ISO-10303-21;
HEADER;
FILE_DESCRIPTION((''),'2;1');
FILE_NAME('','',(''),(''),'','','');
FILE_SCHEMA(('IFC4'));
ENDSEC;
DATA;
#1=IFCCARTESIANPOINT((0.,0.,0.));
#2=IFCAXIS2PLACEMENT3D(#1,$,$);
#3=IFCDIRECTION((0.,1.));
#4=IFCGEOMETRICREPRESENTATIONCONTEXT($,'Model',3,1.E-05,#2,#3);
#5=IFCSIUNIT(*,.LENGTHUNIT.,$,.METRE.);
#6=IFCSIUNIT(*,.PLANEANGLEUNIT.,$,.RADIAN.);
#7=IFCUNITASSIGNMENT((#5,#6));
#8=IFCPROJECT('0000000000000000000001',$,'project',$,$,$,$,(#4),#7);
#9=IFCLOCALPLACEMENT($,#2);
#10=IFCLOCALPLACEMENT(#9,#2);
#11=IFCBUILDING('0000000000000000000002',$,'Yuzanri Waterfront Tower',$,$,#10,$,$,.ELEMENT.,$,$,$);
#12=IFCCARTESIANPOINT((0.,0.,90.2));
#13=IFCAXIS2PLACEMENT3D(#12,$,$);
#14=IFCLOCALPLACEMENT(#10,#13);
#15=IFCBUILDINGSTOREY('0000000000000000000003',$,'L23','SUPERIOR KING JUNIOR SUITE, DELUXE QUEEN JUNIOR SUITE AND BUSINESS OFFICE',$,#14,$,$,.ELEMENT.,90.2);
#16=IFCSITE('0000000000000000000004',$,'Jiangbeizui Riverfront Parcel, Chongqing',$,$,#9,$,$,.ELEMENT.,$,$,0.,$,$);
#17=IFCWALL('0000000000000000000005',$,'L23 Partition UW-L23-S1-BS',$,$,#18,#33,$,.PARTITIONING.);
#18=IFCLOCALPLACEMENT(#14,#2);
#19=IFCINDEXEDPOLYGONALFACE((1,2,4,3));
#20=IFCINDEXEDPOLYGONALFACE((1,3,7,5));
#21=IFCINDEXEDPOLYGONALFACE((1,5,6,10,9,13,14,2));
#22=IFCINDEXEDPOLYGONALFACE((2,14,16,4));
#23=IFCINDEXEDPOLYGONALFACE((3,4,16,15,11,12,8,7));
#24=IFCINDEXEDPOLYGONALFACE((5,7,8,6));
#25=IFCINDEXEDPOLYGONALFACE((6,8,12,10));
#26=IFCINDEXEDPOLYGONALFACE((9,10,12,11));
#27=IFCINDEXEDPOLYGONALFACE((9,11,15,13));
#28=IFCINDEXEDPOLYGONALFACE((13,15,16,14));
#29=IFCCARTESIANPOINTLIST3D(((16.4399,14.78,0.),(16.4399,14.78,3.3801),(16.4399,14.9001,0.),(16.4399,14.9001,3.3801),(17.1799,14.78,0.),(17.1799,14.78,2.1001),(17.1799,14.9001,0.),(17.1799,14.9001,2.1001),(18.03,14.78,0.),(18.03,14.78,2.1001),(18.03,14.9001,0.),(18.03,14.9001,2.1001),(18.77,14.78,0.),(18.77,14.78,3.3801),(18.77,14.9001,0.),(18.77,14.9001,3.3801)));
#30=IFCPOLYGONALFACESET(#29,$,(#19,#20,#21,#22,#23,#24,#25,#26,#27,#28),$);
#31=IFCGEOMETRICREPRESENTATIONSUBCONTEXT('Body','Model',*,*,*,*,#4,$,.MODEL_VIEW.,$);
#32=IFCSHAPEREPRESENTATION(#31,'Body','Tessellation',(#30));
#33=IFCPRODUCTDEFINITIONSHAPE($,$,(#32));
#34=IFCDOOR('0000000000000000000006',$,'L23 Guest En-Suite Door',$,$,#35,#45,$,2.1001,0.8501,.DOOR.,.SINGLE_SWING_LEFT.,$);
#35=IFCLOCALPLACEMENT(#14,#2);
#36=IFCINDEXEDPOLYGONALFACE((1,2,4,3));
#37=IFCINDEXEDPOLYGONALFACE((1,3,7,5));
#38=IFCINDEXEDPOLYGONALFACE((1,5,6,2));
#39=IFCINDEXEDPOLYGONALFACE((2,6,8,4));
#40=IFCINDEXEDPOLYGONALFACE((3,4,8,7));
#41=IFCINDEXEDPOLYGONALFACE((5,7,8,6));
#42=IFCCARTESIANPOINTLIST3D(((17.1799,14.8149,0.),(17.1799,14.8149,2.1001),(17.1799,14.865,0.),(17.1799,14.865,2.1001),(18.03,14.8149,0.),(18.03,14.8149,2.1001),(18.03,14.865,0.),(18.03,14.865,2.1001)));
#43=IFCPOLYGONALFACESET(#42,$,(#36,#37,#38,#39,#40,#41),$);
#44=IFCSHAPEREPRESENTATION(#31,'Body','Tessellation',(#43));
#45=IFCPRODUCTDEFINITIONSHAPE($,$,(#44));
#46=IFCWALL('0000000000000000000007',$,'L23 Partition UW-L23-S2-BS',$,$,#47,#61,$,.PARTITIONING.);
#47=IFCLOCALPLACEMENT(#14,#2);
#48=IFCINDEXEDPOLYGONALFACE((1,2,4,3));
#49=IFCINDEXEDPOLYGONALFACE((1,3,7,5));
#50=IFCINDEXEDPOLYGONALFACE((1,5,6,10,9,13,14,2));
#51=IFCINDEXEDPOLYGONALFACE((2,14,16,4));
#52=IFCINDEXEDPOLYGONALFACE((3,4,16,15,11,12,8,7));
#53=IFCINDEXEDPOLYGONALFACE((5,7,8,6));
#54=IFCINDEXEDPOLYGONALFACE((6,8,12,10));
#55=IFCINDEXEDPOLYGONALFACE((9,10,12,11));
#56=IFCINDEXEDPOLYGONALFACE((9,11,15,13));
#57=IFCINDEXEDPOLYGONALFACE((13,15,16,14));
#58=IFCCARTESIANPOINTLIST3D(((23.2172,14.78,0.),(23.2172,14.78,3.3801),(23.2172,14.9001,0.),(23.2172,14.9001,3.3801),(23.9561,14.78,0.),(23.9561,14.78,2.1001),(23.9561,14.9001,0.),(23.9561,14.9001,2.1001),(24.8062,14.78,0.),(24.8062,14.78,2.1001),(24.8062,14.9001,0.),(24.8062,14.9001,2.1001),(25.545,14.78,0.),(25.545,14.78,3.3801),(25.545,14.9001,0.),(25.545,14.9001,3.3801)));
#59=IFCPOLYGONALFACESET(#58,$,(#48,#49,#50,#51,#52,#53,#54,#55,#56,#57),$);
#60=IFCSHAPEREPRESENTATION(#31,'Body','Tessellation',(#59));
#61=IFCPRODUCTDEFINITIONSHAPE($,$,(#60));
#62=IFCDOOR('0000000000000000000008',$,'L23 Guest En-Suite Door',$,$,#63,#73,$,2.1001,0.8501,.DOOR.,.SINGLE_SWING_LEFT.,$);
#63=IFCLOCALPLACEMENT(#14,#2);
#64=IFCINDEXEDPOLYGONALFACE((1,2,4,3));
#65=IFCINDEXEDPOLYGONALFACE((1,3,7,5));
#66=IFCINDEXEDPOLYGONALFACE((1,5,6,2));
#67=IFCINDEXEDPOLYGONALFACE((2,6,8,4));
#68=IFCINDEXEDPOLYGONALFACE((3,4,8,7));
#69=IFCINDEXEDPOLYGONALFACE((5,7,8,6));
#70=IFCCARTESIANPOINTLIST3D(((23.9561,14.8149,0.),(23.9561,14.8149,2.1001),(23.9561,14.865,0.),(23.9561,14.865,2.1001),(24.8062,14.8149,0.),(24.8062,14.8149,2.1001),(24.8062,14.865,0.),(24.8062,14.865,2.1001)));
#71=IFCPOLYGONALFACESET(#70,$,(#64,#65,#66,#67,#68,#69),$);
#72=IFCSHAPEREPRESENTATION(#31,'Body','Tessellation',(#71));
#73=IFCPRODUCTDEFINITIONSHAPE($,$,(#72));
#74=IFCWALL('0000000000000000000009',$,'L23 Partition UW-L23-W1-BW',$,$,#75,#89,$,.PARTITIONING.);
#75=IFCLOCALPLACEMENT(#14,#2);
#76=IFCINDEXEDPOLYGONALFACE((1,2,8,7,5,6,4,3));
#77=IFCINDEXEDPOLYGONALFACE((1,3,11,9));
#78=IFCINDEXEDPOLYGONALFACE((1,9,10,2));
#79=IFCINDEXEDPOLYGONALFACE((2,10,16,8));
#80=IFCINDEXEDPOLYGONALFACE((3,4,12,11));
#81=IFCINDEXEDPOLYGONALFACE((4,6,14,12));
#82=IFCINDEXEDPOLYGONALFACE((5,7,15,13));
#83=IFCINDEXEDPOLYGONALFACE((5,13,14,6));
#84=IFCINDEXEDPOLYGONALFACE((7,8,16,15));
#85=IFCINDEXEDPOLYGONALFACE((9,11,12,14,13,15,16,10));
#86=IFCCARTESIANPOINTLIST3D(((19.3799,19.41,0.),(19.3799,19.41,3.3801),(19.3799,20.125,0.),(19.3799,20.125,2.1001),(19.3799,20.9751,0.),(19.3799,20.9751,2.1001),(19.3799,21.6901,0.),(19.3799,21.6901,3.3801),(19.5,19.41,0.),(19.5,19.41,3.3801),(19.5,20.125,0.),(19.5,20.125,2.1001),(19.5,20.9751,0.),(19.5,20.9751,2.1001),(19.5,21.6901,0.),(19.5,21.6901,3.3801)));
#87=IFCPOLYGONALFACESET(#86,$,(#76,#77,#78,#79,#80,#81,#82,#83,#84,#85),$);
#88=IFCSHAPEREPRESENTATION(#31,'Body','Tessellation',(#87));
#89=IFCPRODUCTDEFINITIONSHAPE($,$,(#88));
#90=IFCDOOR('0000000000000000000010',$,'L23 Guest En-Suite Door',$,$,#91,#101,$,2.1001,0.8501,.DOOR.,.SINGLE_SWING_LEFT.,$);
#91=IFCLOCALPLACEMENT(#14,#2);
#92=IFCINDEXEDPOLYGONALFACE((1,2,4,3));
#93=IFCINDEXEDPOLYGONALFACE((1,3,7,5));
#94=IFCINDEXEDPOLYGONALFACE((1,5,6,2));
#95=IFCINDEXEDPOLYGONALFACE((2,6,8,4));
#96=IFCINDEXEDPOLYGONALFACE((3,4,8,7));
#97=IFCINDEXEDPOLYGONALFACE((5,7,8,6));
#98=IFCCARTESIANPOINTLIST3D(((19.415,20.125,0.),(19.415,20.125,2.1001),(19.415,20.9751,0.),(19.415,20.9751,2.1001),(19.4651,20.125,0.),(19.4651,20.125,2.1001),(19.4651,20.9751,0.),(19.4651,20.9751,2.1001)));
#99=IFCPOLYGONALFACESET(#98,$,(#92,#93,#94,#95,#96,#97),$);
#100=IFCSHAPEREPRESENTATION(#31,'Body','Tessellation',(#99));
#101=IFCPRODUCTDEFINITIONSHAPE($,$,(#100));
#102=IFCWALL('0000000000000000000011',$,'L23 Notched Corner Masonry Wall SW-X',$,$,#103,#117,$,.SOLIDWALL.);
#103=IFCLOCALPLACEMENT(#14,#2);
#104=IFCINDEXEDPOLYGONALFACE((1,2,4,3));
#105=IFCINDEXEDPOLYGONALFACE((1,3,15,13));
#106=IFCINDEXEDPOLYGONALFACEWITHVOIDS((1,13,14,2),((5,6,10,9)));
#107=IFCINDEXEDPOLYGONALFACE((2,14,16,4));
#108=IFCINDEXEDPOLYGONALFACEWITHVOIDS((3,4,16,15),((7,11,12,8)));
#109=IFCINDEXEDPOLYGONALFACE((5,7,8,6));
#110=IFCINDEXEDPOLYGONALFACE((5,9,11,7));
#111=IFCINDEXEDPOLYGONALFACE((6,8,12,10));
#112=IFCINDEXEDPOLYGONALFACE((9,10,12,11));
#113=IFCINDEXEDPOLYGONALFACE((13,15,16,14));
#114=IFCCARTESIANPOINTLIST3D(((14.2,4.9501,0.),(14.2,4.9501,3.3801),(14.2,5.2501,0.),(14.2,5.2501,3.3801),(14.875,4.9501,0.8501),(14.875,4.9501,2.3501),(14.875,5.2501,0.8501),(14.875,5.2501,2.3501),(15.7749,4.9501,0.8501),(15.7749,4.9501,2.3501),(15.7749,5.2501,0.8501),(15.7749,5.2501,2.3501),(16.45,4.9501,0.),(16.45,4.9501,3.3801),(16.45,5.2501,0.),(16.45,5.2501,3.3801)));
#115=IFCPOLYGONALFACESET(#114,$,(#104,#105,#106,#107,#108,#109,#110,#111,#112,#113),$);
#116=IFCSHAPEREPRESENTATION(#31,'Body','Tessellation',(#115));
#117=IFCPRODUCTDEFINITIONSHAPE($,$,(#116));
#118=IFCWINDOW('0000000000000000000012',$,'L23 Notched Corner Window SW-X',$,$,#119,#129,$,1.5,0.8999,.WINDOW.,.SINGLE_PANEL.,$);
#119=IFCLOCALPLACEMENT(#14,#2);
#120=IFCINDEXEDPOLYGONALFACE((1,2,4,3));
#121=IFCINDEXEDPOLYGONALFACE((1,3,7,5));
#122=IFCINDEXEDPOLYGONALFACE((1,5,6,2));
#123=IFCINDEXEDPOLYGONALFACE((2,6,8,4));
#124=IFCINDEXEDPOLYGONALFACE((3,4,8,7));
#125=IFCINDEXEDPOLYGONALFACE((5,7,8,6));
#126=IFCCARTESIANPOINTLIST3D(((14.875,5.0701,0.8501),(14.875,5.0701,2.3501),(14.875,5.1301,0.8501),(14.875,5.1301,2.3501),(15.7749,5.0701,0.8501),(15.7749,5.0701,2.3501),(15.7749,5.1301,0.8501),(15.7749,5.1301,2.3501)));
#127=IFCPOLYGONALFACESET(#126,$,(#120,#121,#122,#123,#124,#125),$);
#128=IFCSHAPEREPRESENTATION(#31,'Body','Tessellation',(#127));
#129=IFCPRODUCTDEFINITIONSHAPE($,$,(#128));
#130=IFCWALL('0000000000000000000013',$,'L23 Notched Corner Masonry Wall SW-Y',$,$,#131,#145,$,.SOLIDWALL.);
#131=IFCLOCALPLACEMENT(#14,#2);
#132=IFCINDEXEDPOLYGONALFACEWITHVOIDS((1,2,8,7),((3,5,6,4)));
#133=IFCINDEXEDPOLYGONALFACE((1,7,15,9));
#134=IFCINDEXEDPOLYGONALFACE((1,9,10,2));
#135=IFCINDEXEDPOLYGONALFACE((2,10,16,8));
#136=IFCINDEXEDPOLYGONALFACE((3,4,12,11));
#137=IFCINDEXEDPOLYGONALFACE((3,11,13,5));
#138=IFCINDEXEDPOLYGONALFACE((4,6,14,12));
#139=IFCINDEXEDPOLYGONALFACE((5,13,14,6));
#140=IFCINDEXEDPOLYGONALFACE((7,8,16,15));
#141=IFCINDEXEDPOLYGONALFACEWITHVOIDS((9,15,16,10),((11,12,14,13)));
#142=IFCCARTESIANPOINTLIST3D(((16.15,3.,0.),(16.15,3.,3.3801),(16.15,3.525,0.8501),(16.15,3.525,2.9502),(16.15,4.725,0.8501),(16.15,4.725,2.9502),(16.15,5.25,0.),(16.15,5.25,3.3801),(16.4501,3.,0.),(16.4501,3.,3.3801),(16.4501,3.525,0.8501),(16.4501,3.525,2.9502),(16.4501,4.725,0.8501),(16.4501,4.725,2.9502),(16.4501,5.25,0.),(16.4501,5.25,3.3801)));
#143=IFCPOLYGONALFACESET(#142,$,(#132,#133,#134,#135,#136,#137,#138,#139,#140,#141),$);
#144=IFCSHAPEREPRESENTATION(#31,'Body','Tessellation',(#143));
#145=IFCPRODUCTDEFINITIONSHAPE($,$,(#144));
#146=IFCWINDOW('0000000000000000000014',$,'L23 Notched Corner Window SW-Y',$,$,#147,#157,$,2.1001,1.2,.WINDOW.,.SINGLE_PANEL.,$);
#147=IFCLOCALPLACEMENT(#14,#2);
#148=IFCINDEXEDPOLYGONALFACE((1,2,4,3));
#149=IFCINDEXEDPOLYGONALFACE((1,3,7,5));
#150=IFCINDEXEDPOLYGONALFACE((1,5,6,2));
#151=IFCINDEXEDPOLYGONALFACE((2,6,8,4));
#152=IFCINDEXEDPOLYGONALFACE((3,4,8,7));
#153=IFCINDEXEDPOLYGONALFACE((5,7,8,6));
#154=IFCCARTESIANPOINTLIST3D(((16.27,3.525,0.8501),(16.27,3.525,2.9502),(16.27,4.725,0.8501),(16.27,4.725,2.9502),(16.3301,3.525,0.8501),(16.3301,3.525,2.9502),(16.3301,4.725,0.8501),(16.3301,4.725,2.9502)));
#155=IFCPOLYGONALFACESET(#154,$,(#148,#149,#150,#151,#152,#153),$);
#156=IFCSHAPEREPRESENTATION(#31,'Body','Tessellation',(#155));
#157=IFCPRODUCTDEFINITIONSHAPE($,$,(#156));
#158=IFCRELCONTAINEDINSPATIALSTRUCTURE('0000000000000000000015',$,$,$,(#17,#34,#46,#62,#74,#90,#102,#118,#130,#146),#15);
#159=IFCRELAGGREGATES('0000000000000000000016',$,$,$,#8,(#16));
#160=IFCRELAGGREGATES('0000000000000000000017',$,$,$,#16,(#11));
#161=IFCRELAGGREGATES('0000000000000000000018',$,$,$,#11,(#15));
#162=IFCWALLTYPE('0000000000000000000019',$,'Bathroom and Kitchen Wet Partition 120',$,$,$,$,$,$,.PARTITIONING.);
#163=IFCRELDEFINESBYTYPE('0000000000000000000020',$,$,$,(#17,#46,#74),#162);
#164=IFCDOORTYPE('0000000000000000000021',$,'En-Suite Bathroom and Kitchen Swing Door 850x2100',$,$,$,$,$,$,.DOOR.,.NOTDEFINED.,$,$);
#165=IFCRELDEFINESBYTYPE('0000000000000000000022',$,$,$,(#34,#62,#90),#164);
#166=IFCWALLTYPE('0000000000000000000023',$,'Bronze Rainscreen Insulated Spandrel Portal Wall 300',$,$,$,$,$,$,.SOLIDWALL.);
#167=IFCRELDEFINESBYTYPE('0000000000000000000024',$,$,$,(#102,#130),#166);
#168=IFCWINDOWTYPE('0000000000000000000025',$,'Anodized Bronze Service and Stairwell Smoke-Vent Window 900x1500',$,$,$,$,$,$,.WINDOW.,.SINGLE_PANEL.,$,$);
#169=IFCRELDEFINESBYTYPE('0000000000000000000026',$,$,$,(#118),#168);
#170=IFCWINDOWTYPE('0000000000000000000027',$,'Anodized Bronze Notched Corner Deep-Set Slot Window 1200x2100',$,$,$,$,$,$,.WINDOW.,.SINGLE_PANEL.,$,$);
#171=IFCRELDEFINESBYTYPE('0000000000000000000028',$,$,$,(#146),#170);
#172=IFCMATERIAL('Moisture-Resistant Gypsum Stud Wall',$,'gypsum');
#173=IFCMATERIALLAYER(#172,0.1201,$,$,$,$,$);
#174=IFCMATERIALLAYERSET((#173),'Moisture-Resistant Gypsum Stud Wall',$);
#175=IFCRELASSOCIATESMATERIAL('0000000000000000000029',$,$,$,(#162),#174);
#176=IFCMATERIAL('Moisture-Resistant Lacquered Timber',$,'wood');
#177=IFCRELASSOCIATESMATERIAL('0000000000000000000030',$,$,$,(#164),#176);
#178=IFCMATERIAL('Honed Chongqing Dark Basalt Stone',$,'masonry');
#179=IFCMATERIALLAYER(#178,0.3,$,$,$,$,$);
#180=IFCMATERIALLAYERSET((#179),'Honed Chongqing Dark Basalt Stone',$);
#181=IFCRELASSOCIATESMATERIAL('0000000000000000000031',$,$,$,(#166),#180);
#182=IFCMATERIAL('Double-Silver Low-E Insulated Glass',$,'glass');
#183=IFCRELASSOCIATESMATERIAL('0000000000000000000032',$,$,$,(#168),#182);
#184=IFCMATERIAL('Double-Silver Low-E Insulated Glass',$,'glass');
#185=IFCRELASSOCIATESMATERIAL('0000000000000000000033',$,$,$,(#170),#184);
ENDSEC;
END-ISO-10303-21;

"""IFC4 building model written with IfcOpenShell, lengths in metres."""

from ifc_helpers import new_model, si_unit, direction, frame, frame_2d, origin, place, context, subcontext, project, spatial, rectangle, extrude, source, transform, mapped, material, layer, layer_set, type_object, element, fill, save


model = new_model("IFC4")

# Units and contexts
model_context = context("Model", 3, precision=1e-05, world=origin(), true_north=direction((0.0, 1.0)))
body_context = subcontext(model_context, "Body", "Model", "MODEL_VIEW")
ifc_project = project(units=[si_unit("LENGTHUNIT", "METRE"), si_unit("PLANEANGLEUNIT", "RADIAN")], contexts=[model_context])

# Site, building, storey
site_placement = place(None, origin())
site = spatial("IfcSite", under=ifc_project, at=site_placement, Name="Jiangbeizui Riverfront Parcel, Chongqing", CompositionType="ELEMENT", RefElevation=0.0)
building_placement = place(site_placement, origin())
building = spatial("IfcBuilding", under=site, at=building_placement, Name="Yuzanri Waterfront Tower", CompositionType="ELEMENT")
storey_placement = place(building_placement, frame((0.0, 0.0, 90.2)))
storey = spatial("IfcBuildingStorey", under=building, at=storey_placement, Name="L23", Description="SUPERIOR KING JUNIOR SUITE, DELUXE QUEEN JUNIOR SUITE AND BUSINESS OFFICE", CompositionType="ELEMENT", Elevation=90.2)

# Walls, openings, doors
ifc_material_1 = material(Name="Moisture-Resistant Gypsum Stud Wall", Category="gypsum")
ifc_layer_1 = layer(ifc_material_1, 0.1201)
ifc_layer_set_1 = layer_set([ifc_layer_1], Name="Moisture-Resistant Gypsum Stud Wall")
wall_type_1 = type_object("IfcWallType", Name="Bathroom and Kitchen Wet Partition 120", PredefinedType="PARTITIONING", material=ifc_layer_set_1)
wall_1_placement = place(storey_placement, frame((16.4399, 14.8401, 0.0), z_axis=(0.0, 0.0, 1.0), x_axis=(1.0, 0.0, 0.0)))
wall_1 = element("IfcWall", 1, at=wall_1_placement, inside=storey, type_object=wall_type_1, Name="L23 Partition UW-L23-S1-BS", PredefinedType="PARTITIONING", context=body_context, shape_type="SweptSolid", body=[
    extrude(rectangle(XDim=2.3301, YDim=0.1201, at=frame_2d((1.165, 0.0))), origin(), (0.0, 0.0, 1.0), 3.3801),
])
opening_1_placement = place(wall_1_placement, frame((0.74, 0.0, 0.0)))
opening_1 = element("IfcOpeningElement", 2, at=opening_1_placement, cuts=wall_1, PredefinedType="OPENING", context=body_context, shape_type="SweptSolid", body=[
    extrude(rectangle(XDim=0.8501, YDim=2.1001, at=frame_2d((0.425, 1.05))), frame((0.0, 0.075, 0.0), z_axis=(0.0, -1.0, 0.0), x_axis=(1.0, 0.0, 0.0)), (0.0, 0.0, 1.0), 0.1499),
])
ifc_material_2 = material(Name="Moisture-Resistant Lacquered Timber", Category="wood")
door_type_1 = type_object("IfcDoorType", Name="En-Suite Bathroom and Kitchen Swing Door 850x2100", OperationType="NOTDEFINED", PredefinedType="DOOR", material=ifc_material_2)
shared_shape_1 = source(origin(), body_context, "Body", "SweptSolid", [
    extrude(rectangle(XDim=0.8501, YDim=2.1001, at=frame_2d((0.425, 1.05))), frame((0.0, 0.0249, 0.0), z_axis=(0.0, -1.0, 0.0), x_axis=(1.0, 0.0, 0.0)), (0.0, 0.0, 1.0), 0.05),
])
door_1_placement = place(opening_1_placement, origin())
door_1 = element("IfcDoor", 3, at=door_1_placement, inside=storey, type_object=door_type_1, Name="L23 Guest En-Suite Door", OperationType="SINGLE_SWING_LEFT", OverallHeight=2.1001, OverallWidth=0.8501, PredefinedType="DOOR", context=body_context, shape_type="MappedRepresentation", body=[
    mapped(shared_shape_1, transform((0.0, 0.0, 0.0), scale=1.0)),
])
fill(opening_1, door_1)
wall_2_placement = place(storey_placement, frame((23.217, 14.8401, 0.0), z_axis=(0.0, 0.0, 1.0), x_axis=(1.0, 0.0, 0.0)))
wall_2 = element("IfcWall", 4, at=wall_2_placement, inside=storey, type_object=wall_type_1, Name="L23 Partition UW-L23-S2-BS", PredefinedType="PARTITIONING", context=body_context, shape_type="SweptSolid", body=[
    extrude(rectangle(XDim=2.3279, YDim=0.1201, at=frame_2d((1.1641, 0.0))), origin(), (0.0, 0.0, 1.0), 3.3801),
])
opening_2_placement = place(wall_2_placement, frame((0.739, 0.0, 0.0)))
opening_2 = element("IfcOpeningElement", 5, at=opening_2_placement, cuts=wall_2, PredefinedType="OPENING", context=body_context, shape_type="SweptSolid", body=[
    extrude(rectangle(XDim=0.8501, YDim=2.1001, at=frame_2d((0.425, 1.05))), frame((0.0, 0.075, 0.0), z_axis=(0.0, -1.0, 0.0), x_axis=(1.0, 0.0, 0.0)), (0.0, 0.0, 1.0), 0.1499),
])
door_2_placement = place(opening_2_placement, origin())
door_2 = element("IfcDoor", 6, at=door_2_placement, inside=storey, type_object=door_type_1, Name="L23 Guest En-Suite Door", OperationType="SINGLE_SWING_LEFT", OverallHeight=2.1001, OverallWidth=0.8501, PredefinedType="DOOR", context=body_context, shape_type="MappedRepresentation", body=[
    mapped(shared_shape_1, transform((0.0, 0.0, 0.0), scale=1.0)),
])
fill(opening_2, door_2)
wall_3_placement = place(storey_placement, frame((19.4399, 19.4099, 0.0), z_axis=(0.0, 0.0, 1.0), x_axis=(0.0, 1.0, 0.0)))
wall_3 = element("IfcWall", 7, at=wall_3_placement, inside=storey, type_object=wall_type_1, Name="L23 Partition UW-L23-W1-BW", PredefinedType="PARTITIONING", context=body_context, shape_type="SweptSolid", body=[
    extrude(rectangle(XDim=2.28, YDim=0.1201, at=frame_2d((1.1401, 0.0))), origin(), (0.0, 0.0, 1.0), 3.3801),
])
opening_3_placement = place(wall_3_placement, frame((0.7151, 0.0, 0.0)))
opening_3 = element("IfcOpeningElement", 8, at=opening_3_placement, cuts=wall_3, PredefinedType="OPENING", context=body_context, shape_type="SweptSolid", body=[
    extrude(rectangle(XDim=0.8501, YDim=2.1001, at=frame_2d((0.425, 1.05))), frame((0.0, 0.075, 0.0), z_axis=(0.0, -1.0, 0.0), x_axis=(1.0, 0.0, 0.0)), (0.0, 0.0, 1.0), 0.1499),
])
door_3_placement = place(opening_3_placement, origin())
door_3 = element("IfcDoor", 9, at=door_3_placement, inside=storey, type_object=door_type_1, Name="L23 Guest En-Suite Door", OperationType="SINGLE_SWING_LEFT", OverallHeight=2.1001, OverallWidth=0.8501, PredefinedType="DOOR", context=body_context, shape_type="MappedRepresentation", body=[
    mapped(shared_shape_1, transform((0.0, 0.0, 0.0), scale=1.0)),
])
fill(opening_3, door_3)

# Walls, openings, windows
ifc_material_3 = material(Name="Honed Chongqing Dark Basalt Stone", Category="masonry")
ifc_layer_2 = layer(ifc_material_3, 0.3)
ifc_layer_set_2 = layer_set([ifc_layer_2], Name="Honed Chongqing Dark Basalt Stone")
wall_type_2 = type_object("IfcWallType", Name="Bronze Rainscreen Insulated Spandrel Portal Wall 300", PredefinedType="SOLIDWALL", material=ifc_layer_set_2)
wall_4_placement = place(storey_placement, frame((14.2, 5.1001, 0.0), z_axis=(0.0, 0.0, 1.0), x_axis=(1.0, 0.0, 0.0)))
wall_4 = element("IfcWall", 10, at=wall_4_placement, inside=storey, type_object=wall_type_2, Name="L23 Notched Corner Masonry Wall SW-X", PredefinedType="SOLIDWALL", context=body_context, shape_type="SweptSolid", body=[
    extrude(rectangle(XDim=2.25, YDim=0.3, at=frame_2d((1.125, 0.0))), origin(), (0.0, 0.0, 1.0), 3.3801),
])
opening_4_placement = place(wall_4_placement, frame((0.675, 0.0, 0.8501)))
opening_4 = element("IfcOpeningElement", 11, at=opening_4_placement, cuts=wall_4, PredefinedType="OPENING", context=body_context, shape_type="SweptSolid", body=[
    extrude(rectangle(XDim=0.8999, YDim=1.5, at=frame_2d((0.45, 0.75))), frame((0.0, 0.165, 0.0), z_axis=(0.0, -1.0, 0.0), x_axis=(1.0, 0.0, 0.0)), (0.0, 0.0, 1.0), 0.3298),
])
ifc_material_4 = material(Name="Double-Silver Low-E Insulated Glass", Category="glass")
window_type_1 = type_object("IfcWindowType", Name="Anodized Bronze Service and Stairwell Smoke-Vent Window 900x1500", PartitioningType="SINGLE_PANEL", PredefinedType="WINDOW", material=ifc_material_4)
shared_shape_2 = source(origin(), body_context, "Body", "SweptSolid", [
    extrude(rectangle(XDim=0.8999, YDim=1.5, at=frame_2d((0.45, 0.75))), frame((0.0, 0.03, 0.0), z_axis=(0.0, -1.0, 0.0), x_axis=(1.0, 0.0, 0.0)), (0.0, 0.0, 1.0), 0.0601),
])
window_1_placement = place(opening_4_placement, origin())
window_1 = element("IfcWindow", 12, at=window_1_placement, inside=storey, type_object=window_type_1, Name="L23 Notched Corner Window SW-X", OverallHeight=1.5, OverallWidth=0.8999, PartitioningType="SINGLE_PANEL", PredefinedType="WINDOW", context=body_context, shape_type="MappedRepresentation", body=[
    mapped(shared_shape_2, transform((0.0, 0.0, 0.0), scale=1.0)),
])
fill(opening_4, window_1)
wall_5_placement = place(storey_placement, frame((16.3, 5.25, 0.0), z_axis=(0.0, 0.0, 1.0), x_axis=(0.0, -1.0, 0.0)))
wall_5 = element("IfcWall", 13, at=wall_5_placement, inside=storey, type_object=wall_type_2, Name="L23 Notched Corner Masonry Wall SW-Y", PredefinedType="SOLIDWALL", context=body_context, shape_type="SweptSolid", body=[
    extrude(rectangle(XDim=2.25, YDim=0.3, at=frame_2d((1.125, 0.0))), origin(), (0.0, 0.0, 1.0), 3.3801),
])
opening_5_placement = place(wall_5_placement, frame((0.5249, 0.0, 0.8501)))
opening_5 = element("IfcOpeningElement", 14, at=opening_5_placement, cuts=wall_5, PredefinedType="OPENING", context=body_context, shape_type="SweptSolid", body=[
    extrude(rectangle(XDim=1.2, YDim=2.1001, at=frame_2d((0.6001, 1.05))), frame((0.0, 0.165, 0.0), z_axis=(0.0, -1.0, 0.0), x_axis=(1.0, 0.0, 0.0)), (0.0, 0.0, 1.0), 0.3298),
])
ifc_material_5 = material(Name="Double-Silver Low-E Insulated Glass", Category="glass")
window_type_2 = type_object("IfcWindowType", Name="Anodized Bronze Notched Corner Deep-Set Slot Window 1200x2100", PartitioningType="SINGLE_PANEL", PredefinedType="WINDOW", material=ifc_material_5)
shared_shape_3 = source(origin(), body_context, "Body", "SweptSolid", [
    extrude(rectangle(XDim=1.2, YDim=2.1001, at=frame_2d((0.6001, 1.05))), frame((0.0, 0.03, 0.0), z_axis=(0.0, -1.0, 0.0), x_axis=(1.0, 0.0, 0.0)), (0.0, 0.0, 1.0), 0.0601),
])
window_2_placement = place(opening_5_placement, origin())
window_2 = element("IfcWindow", 15, at=window_2_placement, inside=storey, type_object=window_type_2, Name="L23 Notched Corner Window SW-Y", OverallHeight=2.1001, OverallWidth=1.2, PartitioningType="SINGLE_PANEL", PredefinedType="WINDOW", context=body_context, shape_type="MappedRepresentation", body=[
    mapped(shared_shape_3, transform((0.0, 0.0, 0.0), scale=1.0)),
])
fill(opening_5, window_2)

save(model, "model.ifc")
